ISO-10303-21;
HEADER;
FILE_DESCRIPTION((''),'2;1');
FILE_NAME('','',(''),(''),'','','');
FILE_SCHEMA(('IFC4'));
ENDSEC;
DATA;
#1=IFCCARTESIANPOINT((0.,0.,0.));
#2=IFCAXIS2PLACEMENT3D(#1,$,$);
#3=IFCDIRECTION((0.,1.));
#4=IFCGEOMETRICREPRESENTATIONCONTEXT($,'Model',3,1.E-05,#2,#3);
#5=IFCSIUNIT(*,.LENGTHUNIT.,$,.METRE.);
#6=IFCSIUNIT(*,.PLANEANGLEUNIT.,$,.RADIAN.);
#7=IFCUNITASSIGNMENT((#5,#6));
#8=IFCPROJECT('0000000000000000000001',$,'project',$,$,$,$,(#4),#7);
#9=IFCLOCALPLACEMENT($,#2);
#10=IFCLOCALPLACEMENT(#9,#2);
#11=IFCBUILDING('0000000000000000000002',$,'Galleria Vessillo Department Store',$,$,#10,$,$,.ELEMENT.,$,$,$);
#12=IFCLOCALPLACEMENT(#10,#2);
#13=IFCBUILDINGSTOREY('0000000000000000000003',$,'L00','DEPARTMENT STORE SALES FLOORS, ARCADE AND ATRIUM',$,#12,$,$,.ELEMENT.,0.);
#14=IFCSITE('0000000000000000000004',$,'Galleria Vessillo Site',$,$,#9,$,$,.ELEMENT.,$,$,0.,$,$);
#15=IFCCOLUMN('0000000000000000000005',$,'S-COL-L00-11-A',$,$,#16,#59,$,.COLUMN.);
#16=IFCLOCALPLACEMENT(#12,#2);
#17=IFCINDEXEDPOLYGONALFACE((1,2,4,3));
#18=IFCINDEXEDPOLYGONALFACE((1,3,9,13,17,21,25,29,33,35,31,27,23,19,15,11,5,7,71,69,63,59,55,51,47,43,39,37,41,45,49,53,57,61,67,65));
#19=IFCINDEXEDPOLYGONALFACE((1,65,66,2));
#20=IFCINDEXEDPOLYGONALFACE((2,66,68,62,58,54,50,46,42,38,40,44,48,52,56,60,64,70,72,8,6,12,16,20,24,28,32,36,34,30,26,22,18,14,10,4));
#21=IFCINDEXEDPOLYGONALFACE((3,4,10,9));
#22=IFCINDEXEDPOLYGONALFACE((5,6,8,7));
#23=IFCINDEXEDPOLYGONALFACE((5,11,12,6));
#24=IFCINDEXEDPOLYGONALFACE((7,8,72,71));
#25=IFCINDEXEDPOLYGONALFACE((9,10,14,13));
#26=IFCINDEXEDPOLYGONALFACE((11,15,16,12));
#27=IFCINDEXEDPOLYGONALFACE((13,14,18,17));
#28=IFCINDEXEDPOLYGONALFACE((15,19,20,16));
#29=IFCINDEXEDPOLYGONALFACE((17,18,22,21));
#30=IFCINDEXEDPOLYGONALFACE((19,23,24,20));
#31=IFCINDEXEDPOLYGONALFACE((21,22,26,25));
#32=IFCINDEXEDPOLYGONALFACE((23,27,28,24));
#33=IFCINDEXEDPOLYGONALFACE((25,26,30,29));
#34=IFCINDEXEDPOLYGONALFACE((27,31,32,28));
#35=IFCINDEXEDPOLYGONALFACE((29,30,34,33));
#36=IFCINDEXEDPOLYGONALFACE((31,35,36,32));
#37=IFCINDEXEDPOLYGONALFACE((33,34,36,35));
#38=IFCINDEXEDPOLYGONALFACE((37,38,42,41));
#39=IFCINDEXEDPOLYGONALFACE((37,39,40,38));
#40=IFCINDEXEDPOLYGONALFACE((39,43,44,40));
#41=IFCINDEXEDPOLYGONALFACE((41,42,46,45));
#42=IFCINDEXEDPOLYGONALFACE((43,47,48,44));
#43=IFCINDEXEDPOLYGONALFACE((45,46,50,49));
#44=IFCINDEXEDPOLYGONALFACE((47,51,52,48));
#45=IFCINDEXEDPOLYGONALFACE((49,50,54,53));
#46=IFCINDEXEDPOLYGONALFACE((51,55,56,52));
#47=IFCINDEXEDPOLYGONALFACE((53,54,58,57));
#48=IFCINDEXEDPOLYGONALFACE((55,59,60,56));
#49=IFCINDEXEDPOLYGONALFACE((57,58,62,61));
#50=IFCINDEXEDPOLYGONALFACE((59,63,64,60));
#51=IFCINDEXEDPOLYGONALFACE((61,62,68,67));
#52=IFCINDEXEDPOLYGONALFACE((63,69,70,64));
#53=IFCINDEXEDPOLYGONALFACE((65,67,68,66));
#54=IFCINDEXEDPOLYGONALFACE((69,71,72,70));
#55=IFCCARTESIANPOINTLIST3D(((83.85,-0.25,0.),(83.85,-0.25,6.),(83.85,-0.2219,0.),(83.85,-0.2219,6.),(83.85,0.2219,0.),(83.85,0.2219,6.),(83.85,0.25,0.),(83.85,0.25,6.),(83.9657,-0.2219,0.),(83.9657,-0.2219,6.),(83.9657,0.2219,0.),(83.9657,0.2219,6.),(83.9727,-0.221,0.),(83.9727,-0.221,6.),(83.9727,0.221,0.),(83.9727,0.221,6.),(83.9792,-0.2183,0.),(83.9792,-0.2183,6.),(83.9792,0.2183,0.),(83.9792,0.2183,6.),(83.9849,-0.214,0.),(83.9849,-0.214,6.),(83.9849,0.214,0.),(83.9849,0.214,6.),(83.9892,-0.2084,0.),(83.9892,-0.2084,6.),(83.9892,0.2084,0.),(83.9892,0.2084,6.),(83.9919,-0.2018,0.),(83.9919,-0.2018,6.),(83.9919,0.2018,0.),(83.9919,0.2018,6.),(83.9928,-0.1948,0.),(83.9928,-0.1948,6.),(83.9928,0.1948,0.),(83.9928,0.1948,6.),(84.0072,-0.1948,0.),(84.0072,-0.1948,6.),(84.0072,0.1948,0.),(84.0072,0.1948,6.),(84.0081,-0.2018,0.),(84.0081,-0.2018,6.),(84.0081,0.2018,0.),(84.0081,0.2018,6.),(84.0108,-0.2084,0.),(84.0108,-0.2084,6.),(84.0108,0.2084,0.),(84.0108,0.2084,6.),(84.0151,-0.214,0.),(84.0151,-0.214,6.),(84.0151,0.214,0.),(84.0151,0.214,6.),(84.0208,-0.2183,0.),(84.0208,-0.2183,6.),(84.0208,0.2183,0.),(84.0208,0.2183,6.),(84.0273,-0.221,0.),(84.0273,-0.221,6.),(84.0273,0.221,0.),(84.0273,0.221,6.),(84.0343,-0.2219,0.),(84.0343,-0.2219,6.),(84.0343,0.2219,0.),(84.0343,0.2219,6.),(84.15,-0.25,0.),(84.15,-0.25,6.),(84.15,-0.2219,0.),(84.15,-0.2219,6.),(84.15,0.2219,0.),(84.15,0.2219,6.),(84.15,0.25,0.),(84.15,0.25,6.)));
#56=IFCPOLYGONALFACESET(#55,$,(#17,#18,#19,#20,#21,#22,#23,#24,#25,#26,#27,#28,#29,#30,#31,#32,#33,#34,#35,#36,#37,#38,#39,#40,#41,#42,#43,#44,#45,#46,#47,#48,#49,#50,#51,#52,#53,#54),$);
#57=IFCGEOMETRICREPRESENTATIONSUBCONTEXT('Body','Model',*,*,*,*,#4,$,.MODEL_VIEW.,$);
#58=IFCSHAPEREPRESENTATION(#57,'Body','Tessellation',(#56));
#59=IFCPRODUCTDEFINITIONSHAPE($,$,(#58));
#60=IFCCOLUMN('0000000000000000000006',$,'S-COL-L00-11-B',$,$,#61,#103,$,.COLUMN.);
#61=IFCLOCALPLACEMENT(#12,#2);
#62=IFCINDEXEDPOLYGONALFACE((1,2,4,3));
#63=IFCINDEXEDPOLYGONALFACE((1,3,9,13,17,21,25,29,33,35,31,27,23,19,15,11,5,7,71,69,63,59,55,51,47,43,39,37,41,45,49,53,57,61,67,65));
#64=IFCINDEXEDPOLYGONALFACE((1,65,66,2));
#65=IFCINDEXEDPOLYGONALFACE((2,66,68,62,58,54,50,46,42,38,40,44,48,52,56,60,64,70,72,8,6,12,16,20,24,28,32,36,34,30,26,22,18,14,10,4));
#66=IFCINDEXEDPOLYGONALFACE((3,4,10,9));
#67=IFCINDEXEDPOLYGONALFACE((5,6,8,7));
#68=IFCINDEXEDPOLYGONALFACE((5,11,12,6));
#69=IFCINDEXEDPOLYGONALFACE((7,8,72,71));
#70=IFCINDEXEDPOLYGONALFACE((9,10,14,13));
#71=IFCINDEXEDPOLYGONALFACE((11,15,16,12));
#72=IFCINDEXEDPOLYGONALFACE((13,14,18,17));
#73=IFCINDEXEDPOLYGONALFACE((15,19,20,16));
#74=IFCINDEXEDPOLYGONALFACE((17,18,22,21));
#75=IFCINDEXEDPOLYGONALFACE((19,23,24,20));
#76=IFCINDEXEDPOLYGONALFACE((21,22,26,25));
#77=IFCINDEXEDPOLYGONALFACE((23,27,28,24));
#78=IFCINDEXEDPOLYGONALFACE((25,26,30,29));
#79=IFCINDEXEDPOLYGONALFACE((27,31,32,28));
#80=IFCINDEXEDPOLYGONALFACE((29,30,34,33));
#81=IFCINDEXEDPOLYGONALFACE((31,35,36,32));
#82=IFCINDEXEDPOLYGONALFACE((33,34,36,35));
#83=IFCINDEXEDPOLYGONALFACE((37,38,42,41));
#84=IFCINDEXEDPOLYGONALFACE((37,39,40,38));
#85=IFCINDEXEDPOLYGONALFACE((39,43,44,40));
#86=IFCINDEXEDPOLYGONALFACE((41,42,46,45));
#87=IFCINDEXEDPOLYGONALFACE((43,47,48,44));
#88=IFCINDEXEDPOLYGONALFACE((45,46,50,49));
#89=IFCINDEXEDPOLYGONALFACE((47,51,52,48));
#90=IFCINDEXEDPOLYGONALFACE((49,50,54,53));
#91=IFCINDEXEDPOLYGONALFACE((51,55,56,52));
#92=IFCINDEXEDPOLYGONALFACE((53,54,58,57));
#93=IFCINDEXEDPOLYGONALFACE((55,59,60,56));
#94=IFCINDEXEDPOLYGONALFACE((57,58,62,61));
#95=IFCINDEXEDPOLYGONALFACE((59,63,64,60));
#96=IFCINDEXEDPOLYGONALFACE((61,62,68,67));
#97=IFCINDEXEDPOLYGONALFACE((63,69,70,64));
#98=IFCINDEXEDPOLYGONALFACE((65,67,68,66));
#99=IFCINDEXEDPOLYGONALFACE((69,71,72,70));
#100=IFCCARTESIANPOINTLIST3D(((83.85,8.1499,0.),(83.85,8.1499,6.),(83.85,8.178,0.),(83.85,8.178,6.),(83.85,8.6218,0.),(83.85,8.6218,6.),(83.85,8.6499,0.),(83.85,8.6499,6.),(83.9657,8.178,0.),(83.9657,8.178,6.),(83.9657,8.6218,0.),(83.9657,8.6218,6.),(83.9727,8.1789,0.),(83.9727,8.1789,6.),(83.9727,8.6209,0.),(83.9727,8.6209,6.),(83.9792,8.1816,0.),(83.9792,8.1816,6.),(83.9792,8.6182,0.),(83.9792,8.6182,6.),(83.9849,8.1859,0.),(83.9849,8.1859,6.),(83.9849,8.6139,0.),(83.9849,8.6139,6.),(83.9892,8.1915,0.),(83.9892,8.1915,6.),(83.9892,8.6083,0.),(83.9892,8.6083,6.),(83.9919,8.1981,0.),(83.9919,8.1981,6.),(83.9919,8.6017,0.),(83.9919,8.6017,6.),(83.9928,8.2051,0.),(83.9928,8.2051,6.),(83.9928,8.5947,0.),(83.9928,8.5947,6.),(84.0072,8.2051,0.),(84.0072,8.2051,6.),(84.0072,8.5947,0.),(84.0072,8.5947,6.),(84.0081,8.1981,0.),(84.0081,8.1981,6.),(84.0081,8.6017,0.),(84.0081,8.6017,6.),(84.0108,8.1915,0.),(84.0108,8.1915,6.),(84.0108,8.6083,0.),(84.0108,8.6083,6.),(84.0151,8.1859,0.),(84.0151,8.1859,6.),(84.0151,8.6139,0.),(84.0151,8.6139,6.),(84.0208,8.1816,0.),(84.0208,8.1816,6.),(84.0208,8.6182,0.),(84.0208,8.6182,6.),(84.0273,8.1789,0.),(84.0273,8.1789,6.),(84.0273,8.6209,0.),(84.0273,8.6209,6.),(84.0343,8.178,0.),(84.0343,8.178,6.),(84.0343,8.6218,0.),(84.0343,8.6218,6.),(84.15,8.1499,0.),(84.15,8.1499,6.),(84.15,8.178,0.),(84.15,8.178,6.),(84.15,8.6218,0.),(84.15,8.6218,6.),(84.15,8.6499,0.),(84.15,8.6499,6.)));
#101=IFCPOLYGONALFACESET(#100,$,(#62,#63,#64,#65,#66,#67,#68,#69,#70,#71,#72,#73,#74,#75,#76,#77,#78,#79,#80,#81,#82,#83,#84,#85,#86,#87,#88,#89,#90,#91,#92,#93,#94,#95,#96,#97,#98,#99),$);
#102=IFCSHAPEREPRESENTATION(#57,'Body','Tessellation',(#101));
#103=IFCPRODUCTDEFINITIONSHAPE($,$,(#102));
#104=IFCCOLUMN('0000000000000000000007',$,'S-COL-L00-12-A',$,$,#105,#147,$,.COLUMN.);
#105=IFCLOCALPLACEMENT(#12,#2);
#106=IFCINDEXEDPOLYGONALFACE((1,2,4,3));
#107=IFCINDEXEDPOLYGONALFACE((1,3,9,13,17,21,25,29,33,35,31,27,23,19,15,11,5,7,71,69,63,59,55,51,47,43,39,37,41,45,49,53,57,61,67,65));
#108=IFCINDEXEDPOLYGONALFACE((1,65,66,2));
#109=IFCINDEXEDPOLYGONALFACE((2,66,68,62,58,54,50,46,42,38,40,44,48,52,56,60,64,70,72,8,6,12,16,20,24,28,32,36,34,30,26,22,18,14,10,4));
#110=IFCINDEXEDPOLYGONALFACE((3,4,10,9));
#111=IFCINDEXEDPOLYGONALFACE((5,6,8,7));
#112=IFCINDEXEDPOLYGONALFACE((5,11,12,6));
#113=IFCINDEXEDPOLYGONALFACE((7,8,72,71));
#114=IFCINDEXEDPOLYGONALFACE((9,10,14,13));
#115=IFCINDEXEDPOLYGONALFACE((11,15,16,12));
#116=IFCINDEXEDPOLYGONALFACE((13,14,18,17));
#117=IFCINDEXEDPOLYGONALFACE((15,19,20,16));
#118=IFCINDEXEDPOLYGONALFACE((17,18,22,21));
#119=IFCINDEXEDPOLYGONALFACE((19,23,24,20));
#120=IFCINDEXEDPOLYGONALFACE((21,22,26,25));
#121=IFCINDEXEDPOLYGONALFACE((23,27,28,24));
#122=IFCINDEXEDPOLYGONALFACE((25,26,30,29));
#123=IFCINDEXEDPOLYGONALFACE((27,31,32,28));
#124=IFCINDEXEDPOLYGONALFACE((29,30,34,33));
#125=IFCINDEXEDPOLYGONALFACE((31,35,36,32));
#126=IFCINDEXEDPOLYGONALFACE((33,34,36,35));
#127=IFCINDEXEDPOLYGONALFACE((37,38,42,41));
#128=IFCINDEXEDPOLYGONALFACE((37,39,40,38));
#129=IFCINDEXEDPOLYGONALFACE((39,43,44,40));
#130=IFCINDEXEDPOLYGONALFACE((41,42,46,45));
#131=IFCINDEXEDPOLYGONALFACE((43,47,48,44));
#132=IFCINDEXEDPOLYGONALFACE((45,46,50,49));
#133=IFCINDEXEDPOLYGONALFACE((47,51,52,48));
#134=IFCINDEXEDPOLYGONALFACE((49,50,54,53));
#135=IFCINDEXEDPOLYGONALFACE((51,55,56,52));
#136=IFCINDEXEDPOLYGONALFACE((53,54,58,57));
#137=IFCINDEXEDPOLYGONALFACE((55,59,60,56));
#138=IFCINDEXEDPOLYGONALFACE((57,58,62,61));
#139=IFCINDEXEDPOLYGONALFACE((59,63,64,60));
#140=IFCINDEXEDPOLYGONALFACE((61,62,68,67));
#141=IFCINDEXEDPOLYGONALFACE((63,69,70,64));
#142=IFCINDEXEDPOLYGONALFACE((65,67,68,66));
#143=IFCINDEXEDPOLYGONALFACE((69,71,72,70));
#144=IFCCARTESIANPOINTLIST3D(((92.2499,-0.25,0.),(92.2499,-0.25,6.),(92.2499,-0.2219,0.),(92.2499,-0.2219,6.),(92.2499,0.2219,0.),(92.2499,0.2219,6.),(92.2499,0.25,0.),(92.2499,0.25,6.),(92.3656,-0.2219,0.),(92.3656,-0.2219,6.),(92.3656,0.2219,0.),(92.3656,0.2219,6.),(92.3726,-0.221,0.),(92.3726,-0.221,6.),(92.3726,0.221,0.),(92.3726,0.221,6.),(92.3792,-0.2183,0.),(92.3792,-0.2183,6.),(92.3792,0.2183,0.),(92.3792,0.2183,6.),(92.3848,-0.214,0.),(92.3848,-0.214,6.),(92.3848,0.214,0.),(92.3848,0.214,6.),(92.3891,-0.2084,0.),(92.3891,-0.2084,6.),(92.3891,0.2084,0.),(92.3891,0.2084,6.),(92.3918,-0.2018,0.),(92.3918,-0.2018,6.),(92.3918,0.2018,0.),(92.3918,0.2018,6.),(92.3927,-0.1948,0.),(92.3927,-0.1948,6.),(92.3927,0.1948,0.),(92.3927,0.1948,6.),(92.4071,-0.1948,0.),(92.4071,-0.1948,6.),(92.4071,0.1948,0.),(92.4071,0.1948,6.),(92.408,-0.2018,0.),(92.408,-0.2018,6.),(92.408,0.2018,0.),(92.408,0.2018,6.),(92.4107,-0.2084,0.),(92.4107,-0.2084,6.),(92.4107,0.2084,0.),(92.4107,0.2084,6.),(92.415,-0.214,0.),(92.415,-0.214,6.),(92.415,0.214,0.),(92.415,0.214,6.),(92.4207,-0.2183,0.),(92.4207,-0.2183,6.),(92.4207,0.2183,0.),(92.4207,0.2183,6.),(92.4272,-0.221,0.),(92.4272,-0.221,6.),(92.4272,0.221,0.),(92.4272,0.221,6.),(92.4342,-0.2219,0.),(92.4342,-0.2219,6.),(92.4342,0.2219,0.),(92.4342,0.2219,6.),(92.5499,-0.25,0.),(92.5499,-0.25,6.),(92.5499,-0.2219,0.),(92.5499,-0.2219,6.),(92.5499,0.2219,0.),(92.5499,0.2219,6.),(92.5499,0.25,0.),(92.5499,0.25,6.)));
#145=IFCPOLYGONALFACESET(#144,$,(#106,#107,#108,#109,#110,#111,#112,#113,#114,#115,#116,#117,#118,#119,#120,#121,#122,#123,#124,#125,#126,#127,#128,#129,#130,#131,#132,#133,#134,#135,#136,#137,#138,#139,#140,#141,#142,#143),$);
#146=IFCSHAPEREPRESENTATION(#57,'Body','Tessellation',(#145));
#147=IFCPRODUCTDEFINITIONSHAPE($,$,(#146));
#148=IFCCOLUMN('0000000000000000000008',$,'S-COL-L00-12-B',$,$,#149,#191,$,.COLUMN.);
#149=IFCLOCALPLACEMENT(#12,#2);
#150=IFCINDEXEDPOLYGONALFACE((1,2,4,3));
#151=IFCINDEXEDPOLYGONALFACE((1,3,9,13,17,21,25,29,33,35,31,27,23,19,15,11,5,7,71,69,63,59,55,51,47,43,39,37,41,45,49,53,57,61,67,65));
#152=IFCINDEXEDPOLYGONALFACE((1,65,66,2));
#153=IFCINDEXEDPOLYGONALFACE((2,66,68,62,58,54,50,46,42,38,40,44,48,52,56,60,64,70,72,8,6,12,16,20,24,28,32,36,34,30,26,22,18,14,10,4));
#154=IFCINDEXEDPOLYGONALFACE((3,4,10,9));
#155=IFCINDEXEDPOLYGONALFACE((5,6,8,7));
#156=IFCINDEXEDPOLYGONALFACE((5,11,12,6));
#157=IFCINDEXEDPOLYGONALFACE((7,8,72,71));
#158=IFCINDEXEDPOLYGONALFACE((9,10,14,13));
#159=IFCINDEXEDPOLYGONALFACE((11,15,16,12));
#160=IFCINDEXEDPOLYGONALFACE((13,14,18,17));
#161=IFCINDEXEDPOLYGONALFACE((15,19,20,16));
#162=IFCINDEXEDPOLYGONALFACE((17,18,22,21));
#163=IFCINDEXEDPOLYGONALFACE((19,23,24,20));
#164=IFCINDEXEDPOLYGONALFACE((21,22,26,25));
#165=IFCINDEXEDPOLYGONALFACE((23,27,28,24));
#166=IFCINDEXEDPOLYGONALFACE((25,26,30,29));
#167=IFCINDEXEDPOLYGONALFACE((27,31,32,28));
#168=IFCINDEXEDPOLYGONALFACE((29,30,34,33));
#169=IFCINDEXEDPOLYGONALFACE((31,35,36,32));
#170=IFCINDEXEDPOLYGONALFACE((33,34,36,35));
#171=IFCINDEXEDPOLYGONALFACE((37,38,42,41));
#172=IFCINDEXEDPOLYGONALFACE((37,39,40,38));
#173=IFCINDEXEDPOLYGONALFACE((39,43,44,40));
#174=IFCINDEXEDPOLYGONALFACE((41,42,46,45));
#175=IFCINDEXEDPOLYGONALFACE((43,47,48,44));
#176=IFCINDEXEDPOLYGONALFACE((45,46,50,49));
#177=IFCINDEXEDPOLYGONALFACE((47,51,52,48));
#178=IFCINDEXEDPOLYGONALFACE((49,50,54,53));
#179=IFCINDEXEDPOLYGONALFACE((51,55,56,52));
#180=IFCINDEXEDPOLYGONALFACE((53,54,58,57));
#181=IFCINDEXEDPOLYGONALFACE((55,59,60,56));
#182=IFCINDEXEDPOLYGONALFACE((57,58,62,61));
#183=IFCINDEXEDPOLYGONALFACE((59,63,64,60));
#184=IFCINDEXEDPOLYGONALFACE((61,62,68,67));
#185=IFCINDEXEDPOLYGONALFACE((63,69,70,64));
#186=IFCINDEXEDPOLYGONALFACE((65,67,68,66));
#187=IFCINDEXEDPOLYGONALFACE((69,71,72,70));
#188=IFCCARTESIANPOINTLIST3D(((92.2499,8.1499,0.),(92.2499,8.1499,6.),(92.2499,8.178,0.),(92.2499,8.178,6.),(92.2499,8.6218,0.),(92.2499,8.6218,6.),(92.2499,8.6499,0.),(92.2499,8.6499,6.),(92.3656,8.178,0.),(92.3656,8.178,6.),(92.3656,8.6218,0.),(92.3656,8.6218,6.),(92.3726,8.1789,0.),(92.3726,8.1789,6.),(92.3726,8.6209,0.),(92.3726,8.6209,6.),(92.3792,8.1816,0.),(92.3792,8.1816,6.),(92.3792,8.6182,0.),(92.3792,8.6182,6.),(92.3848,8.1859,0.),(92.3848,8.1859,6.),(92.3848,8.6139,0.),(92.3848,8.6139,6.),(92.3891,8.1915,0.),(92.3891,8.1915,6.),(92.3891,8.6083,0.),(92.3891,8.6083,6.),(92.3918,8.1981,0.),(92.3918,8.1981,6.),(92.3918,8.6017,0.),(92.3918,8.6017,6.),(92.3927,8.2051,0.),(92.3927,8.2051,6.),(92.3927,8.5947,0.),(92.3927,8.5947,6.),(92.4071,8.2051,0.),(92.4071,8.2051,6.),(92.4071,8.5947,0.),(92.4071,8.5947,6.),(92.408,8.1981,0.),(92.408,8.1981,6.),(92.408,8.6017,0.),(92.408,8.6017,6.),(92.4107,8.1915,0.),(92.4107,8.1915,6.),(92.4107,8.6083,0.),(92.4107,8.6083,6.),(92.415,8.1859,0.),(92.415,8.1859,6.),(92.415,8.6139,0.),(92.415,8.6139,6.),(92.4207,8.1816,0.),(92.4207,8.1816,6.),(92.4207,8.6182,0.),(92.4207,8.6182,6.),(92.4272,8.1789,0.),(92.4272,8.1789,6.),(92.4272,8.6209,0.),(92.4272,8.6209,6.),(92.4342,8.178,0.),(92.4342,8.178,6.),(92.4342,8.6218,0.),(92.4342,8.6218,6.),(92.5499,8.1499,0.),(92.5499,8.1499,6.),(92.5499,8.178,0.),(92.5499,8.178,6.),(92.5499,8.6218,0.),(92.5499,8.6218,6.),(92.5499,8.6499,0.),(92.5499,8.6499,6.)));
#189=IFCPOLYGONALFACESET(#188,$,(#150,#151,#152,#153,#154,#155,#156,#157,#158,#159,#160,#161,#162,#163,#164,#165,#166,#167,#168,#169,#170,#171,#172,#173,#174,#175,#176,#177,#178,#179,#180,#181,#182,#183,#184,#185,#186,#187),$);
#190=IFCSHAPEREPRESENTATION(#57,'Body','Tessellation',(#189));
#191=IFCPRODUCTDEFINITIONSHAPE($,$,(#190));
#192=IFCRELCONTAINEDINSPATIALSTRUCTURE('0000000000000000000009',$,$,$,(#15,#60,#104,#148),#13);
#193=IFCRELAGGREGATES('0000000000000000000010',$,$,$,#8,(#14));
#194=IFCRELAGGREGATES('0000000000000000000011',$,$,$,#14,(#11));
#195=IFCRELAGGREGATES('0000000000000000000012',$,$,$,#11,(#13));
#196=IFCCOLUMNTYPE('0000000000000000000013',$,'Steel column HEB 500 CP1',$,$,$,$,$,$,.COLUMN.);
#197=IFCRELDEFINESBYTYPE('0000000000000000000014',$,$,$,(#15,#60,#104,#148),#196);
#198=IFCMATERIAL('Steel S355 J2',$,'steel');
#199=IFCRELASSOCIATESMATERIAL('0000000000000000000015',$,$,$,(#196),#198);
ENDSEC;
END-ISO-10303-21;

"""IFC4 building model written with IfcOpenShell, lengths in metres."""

from ifc_helpers import new_model, si_unit, direction, frame, origin, origin_2d, place, context, subcontext, project, spatial, i_section, extrude, material, material_profile, profile_set, type_object, element, save


model = new_model("IFC4")

# Units and contexts
model_context = context("Model", 3, precision=1e-05, world=origin(), true_north=direction((0.0, 1.0)))
body_context = subcontext(model_context, "Body", "Model", "MODEL_VIEW")
ifc_project = project(units=[si_unit("LENGTHUNIT", "METRE"), si_unit("PLANEANGLEUNIT", "RADIAN")], contexts=[model_context])

# Site, building, storey
site_placement = place(None, origin())
site = spatial("IfcSite", under=ifc_project, at=site_placement, Name="Galleria Vessillo Site", CompositionType="ELEMENT", RefElevation=0.0)
building_placement = place(site_placement, origin())
building = spatial("IfcBuilding", under=site, at=building_placement, Name="Galleria Vessillo Department Store", CompositionType="ELEMENT")
storey_placement = place(building_placement, origin())
storey = spatial("IfcBuildingStorey", under=building, at=storey_placement, Name="L00", Description="DEPARTMENT STORE SALES FLOORS, ARCADE AND ATRIUM", CompositionType="ELEMENT", Elevation=0.0)

# Columns
ifc_material_1 = material(Name="Steel S355 J2", Category="steel")
ifc_material_profile_1 = material_profile(ifc_material_1, i_section(OverallWidth=0.3, OverallDepth=0.5, WebThickness=0.0144, FlangeThickness=0.0281, FilletRadius=0.0271, at=origin_2d()), Name="HEB 500")
ifc_profile_set_1 = profile_set([ifc_material_profile_1], Name="Steel S355 J2")
column_type = type_object("IfcColumnType", Name="Steel column HEB 500 CP1", PredefinedType="COLUMN", material=ifc_profile_set_1)
for number, where, z_axis, x_axis, name in (
    (1, (84.0, 0.0, 0.0), (0.0, 0.0, 1.0), (1.0, 0.0, 0.0), "S-COL-L00-11-A"),
    (2, (84.0, 8.3999, 0.0), (0.0, 0.0, 1.0), (1.0, 0.0, 0.0), "S-COL-L00-11-B"),
    (3, (92.3999, 0.0, 0.0), (0.0, 0.0, 1.0), (1.0, 0.0, 0.0), "S-COL-L00-12-A"),
    (4, (92.3999, 8.3999, 0.0), (0.0, 0.0, 1.0), (1.0, 0.0, 0.0), "S-COL-L00-12-B"),
):
    element("IfcColumn", number, at=place(storey_placement, frame(where, z_axis=z_axis, x_axis=x_axis)), inside=storey, type_object=column_type, Name=name, PredefinedType="COLUMN", context=body_context, shape_type="SweptSolid", body=[
        extrude(i_section(OverallWidth=0.3, OverallDepth=0.5, WebThickness=0.0144, FlangeThickness=0.0281, FilletRadius=0.0271, at=origin_2d()), origin(), (0.0, 0.0, 1.0), 6.0),
    ])

save(model, "model.ifc")
